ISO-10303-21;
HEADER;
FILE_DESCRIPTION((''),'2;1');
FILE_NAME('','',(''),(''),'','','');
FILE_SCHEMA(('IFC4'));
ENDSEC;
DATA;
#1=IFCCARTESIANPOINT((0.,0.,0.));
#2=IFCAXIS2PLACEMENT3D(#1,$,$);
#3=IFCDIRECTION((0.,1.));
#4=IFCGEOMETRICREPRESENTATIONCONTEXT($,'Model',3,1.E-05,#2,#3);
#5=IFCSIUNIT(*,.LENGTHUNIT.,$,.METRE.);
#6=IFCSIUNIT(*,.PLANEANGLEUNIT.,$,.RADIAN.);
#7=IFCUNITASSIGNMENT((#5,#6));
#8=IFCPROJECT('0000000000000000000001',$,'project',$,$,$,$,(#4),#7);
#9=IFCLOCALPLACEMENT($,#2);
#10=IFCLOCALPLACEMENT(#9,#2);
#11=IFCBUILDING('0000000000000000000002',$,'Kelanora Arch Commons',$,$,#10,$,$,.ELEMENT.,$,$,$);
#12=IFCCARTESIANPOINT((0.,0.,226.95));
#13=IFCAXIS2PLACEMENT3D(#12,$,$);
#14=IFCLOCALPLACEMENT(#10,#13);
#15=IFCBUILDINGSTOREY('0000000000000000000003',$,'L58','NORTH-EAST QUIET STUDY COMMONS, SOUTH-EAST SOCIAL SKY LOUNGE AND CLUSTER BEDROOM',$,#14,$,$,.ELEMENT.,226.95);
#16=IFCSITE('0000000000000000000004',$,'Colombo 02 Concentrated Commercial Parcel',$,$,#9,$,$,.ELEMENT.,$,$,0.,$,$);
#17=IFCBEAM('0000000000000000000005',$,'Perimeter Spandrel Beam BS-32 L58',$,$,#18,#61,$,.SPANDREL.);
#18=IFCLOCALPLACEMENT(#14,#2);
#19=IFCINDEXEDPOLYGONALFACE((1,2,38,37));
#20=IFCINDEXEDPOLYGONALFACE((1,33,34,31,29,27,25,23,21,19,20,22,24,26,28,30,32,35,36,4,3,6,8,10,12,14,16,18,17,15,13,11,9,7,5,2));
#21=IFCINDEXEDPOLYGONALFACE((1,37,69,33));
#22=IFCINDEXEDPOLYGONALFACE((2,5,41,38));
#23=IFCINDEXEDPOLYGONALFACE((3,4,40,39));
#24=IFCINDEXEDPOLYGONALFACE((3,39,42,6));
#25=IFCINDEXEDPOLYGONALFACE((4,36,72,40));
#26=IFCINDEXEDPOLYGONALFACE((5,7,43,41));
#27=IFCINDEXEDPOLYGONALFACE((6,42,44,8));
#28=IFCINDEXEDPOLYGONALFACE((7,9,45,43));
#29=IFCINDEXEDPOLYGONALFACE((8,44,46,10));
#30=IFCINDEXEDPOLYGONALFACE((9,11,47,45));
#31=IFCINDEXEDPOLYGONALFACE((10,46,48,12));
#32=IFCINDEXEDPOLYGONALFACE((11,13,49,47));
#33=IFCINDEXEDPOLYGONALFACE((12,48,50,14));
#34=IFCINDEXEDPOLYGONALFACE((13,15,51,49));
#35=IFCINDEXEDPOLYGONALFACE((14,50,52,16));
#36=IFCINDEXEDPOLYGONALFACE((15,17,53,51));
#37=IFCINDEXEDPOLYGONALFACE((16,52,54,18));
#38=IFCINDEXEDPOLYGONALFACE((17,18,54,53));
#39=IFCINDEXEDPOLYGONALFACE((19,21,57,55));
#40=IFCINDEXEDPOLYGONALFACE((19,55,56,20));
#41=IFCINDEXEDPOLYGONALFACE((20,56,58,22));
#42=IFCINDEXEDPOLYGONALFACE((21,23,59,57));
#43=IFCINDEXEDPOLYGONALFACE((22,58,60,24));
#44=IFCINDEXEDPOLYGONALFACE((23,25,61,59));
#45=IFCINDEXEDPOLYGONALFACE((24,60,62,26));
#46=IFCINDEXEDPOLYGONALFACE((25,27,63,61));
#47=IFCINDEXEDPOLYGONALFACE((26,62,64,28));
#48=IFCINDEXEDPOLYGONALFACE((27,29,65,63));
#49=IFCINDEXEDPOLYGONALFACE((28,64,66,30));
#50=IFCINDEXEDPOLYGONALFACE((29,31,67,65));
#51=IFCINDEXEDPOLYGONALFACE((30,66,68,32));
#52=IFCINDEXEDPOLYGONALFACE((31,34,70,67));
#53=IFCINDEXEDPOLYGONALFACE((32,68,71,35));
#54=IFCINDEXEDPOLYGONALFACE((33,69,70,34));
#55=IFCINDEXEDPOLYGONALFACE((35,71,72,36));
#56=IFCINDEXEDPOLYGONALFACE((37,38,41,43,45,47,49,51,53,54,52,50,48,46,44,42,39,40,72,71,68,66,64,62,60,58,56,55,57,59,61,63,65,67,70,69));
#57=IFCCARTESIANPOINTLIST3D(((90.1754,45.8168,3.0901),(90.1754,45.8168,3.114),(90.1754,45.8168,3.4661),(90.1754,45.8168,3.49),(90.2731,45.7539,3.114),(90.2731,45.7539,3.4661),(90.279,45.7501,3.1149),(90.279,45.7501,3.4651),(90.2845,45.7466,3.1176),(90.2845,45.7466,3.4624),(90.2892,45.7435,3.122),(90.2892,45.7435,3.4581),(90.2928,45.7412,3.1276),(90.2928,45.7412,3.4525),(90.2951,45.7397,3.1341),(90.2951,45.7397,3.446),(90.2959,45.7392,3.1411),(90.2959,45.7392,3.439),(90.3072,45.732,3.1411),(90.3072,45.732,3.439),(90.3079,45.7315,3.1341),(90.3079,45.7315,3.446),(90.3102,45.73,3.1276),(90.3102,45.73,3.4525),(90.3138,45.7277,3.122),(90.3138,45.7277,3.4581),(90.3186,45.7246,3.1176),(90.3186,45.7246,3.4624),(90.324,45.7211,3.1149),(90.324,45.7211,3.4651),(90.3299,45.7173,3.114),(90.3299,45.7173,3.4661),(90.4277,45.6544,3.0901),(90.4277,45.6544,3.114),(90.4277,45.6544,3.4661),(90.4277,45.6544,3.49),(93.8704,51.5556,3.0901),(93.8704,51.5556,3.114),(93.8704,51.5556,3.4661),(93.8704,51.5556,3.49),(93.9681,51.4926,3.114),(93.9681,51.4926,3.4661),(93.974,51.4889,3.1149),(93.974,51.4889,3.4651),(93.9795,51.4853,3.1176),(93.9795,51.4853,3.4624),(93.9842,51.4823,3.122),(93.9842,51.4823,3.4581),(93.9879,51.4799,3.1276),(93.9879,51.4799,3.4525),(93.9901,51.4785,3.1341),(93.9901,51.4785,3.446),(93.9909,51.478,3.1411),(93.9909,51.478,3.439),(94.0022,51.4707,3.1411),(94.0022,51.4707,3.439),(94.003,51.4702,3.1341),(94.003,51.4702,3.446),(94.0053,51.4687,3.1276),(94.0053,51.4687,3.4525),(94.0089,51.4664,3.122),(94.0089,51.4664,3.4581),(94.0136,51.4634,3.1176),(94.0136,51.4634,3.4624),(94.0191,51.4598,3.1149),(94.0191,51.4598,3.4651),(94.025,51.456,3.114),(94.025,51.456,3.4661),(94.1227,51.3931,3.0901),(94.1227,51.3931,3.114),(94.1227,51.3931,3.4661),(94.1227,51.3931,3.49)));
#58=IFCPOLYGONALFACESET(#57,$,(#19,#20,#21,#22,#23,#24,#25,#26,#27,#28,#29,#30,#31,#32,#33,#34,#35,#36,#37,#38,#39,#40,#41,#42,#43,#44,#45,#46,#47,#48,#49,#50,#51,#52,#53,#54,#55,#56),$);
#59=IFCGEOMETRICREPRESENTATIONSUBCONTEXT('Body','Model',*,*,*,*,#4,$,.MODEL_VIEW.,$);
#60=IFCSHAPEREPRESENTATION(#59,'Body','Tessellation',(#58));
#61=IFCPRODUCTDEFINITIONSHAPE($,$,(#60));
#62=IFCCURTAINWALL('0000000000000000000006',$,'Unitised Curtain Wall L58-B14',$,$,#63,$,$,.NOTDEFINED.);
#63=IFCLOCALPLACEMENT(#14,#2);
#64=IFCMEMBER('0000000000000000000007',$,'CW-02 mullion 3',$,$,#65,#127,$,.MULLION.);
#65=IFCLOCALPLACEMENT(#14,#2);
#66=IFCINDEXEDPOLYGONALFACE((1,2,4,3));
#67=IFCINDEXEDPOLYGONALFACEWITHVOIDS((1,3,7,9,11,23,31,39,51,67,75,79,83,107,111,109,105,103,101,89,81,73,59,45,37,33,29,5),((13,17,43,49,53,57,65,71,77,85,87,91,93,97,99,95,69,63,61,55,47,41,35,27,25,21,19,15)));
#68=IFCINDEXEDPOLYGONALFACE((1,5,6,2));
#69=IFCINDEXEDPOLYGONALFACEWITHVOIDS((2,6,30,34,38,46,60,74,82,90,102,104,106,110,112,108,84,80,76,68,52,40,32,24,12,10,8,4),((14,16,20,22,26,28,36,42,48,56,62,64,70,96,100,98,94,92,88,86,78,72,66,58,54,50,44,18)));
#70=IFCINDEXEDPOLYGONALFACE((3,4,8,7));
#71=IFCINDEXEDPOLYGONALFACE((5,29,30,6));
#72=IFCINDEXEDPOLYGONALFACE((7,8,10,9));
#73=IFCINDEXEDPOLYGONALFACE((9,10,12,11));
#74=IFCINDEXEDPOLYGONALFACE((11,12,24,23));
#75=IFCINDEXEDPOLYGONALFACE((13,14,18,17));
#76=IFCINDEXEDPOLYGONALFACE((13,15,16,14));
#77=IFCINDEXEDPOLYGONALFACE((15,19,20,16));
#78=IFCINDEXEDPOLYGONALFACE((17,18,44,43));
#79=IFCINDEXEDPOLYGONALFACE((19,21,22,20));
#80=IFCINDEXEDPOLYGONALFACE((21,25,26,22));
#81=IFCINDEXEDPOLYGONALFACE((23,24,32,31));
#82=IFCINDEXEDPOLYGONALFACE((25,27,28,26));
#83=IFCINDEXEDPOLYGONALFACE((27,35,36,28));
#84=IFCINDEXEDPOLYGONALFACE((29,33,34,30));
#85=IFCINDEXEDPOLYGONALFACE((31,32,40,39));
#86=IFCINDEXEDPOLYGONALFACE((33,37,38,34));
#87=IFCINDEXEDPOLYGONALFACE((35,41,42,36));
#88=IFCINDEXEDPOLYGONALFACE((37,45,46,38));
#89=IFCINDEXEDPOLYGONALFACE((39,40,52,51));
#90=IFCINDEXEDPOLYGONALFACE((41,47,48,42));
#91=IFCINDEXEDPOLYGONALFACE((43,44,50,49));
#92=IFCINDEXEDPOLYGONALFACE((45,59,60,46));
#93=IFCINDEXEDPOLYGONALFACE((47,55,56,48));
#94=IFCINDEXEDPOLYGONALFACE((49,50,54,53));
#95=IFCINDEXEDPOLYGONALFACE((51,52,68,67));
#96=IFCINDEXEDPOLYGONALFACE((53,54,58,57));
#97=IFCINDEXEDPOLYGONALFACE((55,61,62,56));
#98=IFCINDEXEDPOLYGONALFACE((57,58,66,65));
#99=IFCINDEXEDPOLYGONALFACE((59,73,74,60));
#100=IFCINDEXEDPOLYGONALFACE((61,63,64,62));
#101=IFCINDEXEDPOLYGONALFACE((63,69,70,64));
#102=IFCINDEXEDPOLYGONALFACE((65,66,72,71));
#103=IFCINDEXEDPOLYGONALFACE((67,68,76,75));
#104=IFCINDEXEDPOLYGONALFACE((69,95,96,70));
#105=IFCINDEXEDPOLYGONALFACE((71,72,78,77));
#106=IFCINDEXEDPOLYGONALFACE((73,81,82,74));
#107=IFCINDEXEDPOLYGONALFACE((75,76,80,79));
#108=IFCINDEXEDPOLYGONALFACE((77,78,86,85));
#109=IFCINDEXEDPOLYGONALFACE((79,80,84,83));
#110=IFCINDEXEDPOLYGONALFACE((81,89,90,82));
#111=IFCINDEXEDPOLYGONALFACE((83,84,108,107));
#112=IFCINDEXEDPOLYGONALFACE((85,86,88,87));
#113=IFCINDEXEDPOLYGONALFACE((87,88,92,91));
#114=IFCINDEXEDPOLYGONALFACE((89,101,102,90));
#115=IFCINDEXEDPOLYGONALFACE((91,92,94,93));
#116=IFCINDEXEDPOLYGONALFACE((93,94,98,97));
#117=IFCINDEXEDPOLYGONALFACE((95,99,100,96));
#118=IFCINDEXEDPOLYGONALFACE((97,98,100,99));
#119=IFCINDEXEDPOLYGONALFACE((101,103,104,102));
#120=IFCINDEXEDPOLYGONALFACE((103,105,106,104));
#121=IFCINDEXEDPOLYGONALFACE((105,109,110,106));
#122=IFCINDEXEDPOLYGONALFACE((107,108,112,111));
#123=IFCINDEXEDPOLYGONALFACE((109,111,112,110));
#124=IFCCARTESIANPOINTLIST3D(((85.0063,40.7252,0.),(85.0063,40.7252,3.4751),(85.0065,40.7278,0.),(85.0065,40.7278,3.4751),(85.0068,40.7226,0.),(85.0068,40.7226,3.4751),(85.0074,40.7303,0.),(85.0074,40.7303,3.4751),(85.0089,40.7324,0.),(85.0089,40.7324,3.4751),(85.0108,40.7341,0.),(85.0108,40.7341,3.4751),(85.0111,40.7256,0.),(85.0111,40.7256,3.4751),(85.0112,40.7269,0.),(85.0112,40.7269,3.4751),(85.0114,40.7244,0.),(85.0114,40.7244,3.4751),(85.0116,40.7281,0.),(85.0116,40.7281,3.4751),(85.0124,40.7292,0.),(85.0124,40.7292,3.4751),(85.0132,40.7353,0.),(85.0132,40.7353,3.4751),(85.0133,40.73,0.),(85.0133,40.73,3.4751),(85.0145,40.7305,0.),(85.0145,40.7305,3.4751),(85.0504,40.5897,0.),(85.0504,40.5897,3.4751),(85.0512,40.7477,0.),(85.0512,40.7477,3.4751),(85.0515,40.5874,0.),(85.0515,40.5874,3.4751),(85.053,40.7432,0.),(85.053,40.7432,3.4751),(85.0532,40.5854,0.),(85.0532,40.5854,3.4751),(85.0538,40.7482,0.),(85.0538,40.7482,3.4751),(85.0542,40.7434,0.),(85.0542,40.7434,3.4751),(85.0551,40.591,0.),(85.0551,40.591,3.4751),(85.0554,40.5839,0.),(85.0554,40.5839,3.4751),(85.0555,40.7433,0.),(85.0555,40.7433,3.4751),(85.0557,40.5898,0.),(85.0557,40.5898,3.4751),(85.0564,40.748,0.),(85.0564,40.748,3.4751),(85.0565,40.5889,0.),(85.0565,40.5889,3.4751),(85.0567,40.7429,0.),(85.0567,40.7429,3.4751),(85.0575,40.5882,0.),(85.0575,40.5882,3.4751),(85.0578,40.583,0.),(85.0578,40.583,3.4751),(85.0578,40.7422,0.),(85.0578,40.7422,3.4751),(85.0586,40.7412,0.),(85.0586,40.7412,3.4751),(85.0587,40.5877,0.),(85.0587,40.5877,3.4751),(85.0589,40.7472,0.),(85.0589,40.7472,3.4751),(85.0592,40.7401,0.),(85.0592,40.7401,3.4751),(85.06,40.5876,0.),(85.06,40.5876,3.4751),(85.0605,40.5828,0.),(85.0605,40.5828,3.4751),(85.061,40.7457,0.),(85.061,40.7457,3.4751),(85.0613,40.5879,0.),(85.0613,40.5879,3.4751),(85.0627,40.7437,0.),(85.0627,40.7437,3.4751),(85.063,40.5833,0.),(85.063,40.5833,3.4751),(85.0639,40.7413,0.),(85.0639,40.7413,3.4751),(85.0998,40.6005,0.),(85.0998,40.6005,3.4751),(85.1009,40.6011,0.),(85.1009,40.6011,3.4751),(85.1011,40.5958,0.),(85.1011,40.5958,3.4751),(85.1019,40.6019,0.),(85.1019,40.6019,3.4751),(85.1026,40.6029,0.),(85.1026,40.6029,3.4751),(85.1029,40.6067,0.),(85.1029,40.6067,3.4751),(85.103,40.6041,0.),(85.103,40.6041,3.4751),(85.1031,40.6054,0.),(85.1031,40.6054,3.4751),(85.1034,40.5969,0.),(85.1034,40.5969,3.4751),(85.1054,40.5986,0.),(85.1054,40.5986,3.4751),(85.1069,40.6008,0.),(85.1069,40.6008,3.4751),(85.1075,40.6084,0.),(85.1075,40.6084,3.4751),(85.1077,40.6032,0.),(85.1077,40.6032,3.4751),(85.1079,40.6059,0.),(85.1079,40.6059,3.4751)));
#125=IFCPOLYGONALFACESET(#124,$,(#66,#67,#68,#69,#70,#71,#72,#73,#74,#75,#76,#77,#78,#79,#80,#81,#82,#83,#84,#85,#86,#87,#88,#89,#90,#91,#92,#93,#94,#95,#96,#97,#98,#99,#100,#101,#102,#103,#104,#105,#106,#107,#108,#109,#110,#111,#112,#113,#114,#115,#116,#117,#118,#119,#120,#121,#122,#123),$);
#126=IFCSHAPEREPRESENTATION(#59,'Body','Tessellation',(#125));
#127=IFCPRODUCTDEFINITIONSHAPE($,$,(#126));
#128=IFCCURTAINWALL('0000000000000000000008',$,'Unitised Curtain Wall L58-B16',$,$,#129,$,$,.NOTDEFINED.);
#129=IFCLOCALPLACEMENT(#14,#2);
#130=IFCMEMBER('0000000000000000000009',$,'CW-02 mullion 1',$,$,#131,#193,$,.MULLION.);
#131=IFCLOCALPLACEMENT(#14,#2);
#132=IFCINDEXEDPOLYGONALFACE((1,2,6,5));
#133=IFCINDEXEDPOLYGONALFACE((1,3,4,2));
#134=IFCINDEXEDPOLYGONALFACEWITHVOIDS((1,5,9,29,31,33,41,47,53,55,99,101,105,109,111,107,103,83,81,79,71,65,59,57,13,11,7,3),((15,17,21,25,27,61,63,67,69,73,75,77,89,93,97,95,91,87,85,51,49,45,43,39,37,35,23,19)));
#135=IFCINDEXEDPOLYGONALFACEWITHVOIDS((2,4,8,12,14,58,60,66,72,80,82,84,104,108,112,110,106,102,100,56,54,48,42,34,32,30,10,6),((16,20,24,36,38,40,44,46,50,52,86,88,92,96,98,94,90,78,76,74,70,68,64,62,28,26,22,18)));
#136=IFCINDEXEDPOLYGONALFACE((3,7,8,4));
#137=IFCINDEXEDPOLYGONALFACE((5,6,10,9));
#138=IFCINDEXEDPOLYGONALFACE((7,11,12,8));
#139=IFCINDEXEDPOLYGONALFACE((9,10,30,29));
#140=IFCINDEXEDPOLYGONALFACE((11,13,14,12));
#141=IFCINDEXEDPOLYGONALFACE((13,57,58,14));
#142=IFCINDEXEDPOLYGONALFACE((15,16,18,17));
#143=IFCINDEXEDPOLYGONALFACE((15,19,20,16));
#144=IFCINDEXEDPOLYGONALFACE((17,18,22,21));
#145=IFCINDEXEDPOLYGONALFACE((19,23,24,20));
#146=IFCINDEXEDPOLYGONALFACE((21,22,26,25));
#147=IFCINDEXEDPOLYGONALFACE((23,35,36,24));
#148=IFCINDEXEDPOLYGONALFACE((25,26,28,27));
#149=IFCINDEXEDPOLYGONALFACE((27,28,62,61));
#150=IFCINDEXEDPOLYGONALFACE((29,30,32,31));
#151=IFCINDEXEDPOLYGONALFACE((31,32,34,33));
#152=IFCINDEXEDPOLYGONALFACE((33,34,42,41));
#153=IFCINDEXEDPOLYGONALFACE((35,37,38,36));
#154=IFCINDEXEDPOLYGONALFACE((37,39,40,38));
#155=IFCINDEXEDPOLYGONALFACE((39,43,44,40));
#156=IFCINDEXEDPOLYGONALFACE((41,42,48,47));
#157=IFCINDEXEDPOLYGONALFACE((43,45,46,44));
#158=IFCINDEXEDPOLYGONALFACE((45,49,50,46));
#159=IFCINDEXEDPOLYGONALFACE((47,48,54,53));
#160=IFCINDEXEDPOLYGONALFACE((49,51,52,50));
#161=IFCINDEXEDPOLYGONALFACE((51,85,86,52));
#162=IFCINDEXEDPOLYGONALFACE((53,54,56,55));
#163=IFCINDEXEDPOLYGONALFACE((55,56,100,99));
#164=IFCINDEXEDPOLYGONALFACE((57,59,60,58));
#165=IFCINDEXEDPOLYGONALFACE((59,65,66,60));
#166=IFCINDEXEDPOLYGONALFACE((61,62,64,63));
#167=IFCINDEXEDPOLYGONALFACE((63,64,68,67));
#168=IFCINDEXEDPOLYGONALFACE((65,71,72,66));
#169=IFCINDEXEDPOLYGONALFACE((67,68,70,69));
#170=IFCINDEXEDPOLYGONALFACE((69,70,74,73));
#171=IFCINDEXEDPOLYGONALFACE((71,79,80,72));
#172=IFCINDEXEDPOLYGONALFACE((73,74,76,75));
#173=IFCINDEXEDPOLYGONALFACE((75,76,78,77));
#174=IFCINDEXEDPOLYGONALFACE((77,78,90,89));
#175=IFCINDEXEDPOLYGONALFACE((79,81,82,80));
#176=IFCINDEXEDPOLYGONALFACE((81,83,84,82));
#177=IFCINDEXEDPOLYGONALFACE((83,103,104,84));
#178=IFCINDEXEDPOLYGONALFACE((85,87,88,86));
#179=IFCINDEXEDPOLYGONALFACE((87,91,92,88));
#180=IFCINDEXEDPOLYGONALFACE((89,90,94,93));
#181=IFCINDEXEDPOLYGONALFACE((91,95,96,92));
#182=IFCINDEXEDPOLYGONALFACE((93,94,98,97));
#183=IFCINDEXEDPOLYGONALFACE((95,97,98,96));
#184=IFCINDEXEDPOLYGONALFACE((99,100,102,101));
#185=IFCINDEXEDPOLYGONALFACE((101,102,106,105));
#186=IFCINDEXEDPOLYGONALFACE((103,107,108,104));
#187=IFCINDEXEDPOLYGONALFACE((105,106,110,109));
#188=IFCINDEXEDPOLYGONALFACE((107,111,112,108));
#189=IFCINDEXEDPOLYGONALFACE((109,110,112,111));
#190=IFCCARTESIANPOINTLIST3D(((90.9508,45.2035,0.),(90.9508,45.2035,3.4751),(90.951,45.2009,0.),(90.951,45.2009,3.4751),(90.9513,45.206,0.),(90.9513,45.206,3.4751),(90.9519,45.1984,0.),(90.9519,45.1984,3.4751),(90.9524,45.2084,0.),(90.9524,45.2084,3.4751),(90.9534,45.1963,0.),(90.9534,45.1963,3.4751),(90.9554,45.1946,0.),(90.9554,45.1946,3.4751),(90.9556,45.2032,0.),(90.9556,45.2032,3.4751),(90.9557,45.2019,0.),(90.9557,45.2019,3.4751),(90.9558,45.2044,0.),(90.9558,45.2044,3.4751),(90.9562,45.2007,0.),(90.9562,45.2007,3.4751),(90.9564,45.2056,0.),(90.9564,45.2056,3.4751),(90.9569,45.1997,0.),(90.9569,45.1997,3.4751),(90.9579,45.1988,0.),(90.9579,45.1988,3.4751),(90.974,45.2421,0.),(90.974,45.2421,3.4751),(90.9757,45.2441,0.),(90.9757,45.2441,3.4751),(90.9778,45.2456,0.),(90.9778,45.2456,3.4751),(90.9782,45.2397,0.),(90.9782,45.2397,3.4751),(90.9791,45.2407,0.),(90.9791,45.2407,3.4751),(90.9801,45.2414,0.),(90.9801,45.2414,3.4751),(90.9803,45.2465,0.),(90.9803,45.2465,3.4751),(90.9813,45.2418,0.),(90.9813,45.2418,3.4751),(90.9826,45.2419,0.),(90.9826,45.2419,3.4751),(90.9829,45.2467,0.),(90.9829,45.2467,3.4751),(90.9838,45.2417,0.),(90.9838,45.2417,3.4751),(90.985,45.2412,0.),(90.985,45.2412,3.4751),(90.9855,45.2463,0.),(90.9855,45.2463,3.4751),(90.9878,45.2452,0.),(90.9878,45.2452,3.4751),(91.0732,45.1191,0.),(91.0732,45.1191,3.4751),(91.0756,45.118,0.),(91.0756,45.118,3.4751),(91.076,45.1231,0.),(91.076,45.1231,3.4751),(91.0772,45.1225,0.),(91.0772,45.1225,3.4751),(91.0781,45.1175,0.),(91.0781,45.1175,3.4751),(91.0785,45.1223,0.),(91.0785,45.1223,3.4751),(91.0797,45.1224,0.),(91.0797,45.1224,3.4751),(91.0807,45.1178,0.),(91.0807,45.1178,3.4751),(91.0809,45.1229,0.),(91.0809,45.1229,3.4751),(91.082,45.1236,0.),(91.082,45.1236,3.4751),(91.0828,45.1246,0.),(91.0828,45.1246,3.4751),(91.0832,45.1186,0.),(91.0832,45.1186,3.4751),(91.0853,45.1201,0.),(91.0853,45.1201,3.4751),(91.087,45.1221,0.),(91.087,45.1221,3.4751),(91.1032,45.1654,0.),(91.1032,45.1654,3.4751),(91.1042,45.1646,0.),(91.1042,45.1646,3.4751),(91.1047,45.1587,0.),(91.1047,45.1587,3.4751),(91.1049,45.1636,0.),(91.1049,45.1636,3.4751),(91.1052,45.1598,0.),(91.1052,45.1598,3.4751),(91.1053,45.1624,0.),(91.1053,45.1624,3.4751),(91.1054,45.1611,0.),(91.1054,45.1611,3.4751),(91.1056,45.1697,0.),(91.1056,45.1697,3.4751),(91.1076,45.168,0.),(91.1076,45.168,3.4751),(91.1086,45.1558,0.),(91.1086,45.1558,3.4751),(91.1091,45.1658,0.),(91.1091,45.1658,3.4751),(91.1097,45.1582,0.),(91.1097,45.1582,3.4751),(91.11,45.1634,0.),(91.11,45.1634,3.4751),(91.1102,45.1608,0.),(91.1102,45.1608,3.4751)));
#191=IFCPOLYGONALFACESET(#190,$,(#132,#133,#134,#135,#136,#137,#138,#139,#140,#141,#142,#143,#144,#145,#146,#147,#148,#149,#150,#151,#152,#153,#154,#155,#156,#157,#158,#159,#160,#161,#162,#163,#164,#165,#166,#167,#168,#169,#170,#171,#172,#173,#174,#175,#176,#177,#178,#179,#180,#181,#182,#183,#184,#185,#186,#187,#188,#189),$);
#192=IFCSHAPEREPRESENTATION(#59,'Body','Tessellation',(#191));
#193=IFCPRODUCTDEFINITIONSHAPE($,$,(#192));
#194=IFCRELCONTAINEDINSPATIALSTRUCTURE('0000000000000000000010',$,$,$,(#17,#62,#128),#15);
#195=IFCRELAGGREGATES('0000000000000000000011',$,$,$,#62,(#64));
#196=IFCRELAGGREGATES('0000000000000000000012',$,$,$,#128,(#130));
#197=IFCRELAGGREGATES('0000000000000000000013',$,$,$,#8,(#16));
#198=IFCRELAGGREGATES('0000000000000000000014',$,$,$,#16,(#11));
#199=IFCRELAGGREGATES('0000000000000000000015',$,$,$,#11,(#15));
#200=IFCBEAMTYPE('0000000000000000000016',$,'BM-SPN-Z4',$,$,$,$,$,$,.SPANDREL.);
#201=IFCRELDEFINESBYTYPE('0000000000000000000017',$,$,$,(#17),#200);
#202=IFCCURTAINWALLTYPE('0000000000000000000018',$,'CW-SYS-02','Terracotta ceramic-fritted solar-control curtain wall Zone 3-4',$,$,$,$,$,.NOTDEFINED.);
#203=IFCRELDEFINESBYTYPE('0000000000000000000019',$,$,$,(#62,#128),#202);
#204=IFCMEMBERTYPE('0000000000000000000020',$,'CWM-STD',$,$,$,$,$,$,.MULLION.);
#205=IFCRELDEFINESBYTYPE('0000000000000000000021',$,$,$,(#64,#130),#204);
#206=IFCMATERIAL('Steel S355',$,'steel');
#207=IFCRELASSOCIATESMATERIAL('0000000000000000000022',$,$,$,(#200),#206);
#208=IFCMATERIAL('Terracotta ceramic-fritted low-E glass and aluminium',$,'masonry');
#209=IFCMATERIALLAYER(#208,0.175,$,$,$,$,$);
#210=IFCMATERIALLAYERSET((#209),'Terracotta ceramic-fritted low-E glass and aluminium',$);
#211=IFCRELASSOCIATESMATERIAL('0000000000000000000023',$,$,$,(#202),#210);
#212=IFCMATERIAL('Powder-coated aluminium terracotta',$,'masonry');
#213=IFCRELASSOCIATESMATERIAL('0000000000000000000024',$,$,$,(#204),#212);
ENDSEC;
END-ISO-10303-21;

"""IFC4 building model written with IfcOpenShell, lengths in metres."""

from ifc_helpers import new_model, si_unit, direction, frame, origin, origin_2d, place, context, subcontext, project, spatial, hollow_rectangle, i_section, extrude, material, layer, layer_set, material_profile, profile_set, type_object, element, aggregate, save


model = new_model("IFC4")

# Units and contexts
model_context = context("Model", 3, precision=1e-05, world=origin(), true_north=direction((0.0, 1.0)))
body_context = subcontext(model_context, "Body", "Model", "MODEL_VIEW")
ifc_project = project(units=[si_unit("LENGTHUNIT", "METRE"), si_unit("PLANEANGLEUNIT", "RADIAN")], contexts=[model_context])

# Site, building, storey
site_placement = place(None, origin())
site = spatial("IfcSite", under=ifc_project, at=site_placement, Name="Colombo 02 Concentrated Commercial Parcel", CompositionType="ELEMENT", RefElevation=0.0)
building_placement = place(site_placement, origin())
building = spatial("IfcBuilding", under=site, at=building_placement, Name="Kelanora Arch Commons", CompositionType="ELEMENT")
storey_placement = place(building_placement, frame((0.0, 0.0, 226.95)))
storey = spatial("IfcBuildingStorey", under=building, at=storey_placement, Name="L58", Description="NORTH-EAST QUIET STUDY COMMONS, SOUTH-EAST SOCIAL SKY LOUNGE AND CLUSTER BEDROOM", CompositionType="ELEMENT", Elevation=226.95)

# Beam
ifc_material_1 = material(Name="Steel S355", Category="steel")
ifc_material_profile_1 = material_profile(ifc_material_1, i_section(OverallWidth=0.3, OverallDepth=0.3999, WebThickness=0.0134, FlangeThickness=0.0239, FilletRadius=0.0271, at=origin_2d()), Name="HEB400")
ifc_profile_set_1 = profile_set([ifc_material_profile_1], Name="Steel S355")
beam_type_1 = type_object("IfcBeamType", Name="BM-SPN-Z4", PredefinedType="SPANDREL", material=ifc_profile_set_1)
beam_1_placement = place(storey_placement, frame((90.3015, 45.7356, 3.29), z_axis=(0.541365, 0.840788, 0.0), x_axis=(-0.840788, 0.541365, 0.0)))
element("IfcBeam", 1, at=beam_1_placement, inside=storey, type_object=beam_type_1, Name="Perimeter Spandrel Beam BS-32 L58", PredefinedType="SPANDREL", context=body_context, shape_type="SweptSolid", body=[
    extrude(i_section(OverallWidth=0.3, OverallDepth=0.3999, WebThickness=0.0134, FlangeThickness=0.0239, FilletRadius=0.0271, at=origin_2d()), origin(), (0.0, 0.0, 1.0), 6.8254),
])

# Curtain wall, member
ifc_material_2 = material(Name="Terracotta ceramic-fritted low-E glass and aluminium", Category="masonry")
ifc_layer_1 = layer(ifc_material_2, 0.175)
ifc_layer_set_1 = layer_set([ifc_layer_1], Name="Terracotta ceramic-fritted low-E glass and aluminium")
curtain_wall_type = type_object("IfcCurtainWallType", Name="CW-SYS-02", Description="Terracotta ceramic-fritted solar-control curtain wall Zone 3-4", PredefinedType="NOTDEFINED", material=ifc_layer_set_1)
curtain_wall_1_placement = place(storey_placement, origin())
curtain_wall_1 = element("IfcCurtainWall", 2, at=curtain_wall_1_placement, inside=storey, type_object=curtain_wall_type, Name="Unitised Curtain Wall L58-B14", PredefinedType="NOTDEFINED")
ifc_material_3 = material(Name="Powder-coated aluminium terracotta", Category="masonry")
ifc_material_profile_2 = material_profile(ifc_material_3, hollow_rectangle(XDim=0.1599, YDim=0.0601, WallThickness=0.0049, InnerFilletRadius=0.0049, OuterFilletRadius=0.01, at=origin_2d()), Name="CWM160x60")
ifc_profile_set_2 = profile_set([ifc_material_profile_2], Name="Powder-coated aluminium terracotta")
member_type_1 = type_object("IfcMemberType", Name="CWM-STD", PredefinedType="MULLION", material=ifc_profile_set_2)
member_1_placement = place(storey_placement, frame((85.0571, 40.6655, 0.0), z_axis=(0.0, 0.0, 1.0), x_axis=(-0.311582, 0.950219, 0.0)))
member_1 = element("IfcMember", 3, at=member_1_placement, type_object=member_type_1, Name="CW-02 mullion 3", PredefinedType="MULLION", context=body_context, shape_type="SweptSolid", body=[
    extrude(hollow_rectangle(XDim=0.1599, YDim=0.0601, WallThickness=0.0049, InnerFilletRadius=0.0049, OuterFilletRadius=0.01, at=origin_2d()), origin(), (0.0, 0.0, 1.0), 3.4751),
])

# Curtain wall, member
curtain_wall_2_placement = place(storey_placement, origin())
curtain_wall_2 = element("IfcCurtainWall", 4, at=curtain_wall_2_placement, inside=storey, type_object=curtain_wall_type, Name="Unitised Curtain Wall L58-B16", PredefinedType="NOTDEFINED")
member_2_placement = place(storey_placement, frame((91.0305, 45.1821, 0.0), z_axis=(0.0, 0.0, 1.0), x_axis=(-0.841948, 0.539559, 0.0)))
member_2 = element("IfcMember", 5, at=member_2_placement, type_object=member_type_1, Name="CW-02 mullion 1", PredefinedType="MULLION", context=body_context, shape_type="SweptSolid", body=[
    extrude(hollow_rectangle(XDim=0.1599, YDim=0.0601, WallThickness=0.0049, InnerFilletRadius=0.0049, OuterFilletRadius=0.01, at=origin_2d()), origin(), (0.0, 0.0, 1.0), 3.4751),
])

aggregate(curtain_wall_1, [member_1])
aggregate(curtain_wall_2, [member_2])

save(model, "model.ifc")
